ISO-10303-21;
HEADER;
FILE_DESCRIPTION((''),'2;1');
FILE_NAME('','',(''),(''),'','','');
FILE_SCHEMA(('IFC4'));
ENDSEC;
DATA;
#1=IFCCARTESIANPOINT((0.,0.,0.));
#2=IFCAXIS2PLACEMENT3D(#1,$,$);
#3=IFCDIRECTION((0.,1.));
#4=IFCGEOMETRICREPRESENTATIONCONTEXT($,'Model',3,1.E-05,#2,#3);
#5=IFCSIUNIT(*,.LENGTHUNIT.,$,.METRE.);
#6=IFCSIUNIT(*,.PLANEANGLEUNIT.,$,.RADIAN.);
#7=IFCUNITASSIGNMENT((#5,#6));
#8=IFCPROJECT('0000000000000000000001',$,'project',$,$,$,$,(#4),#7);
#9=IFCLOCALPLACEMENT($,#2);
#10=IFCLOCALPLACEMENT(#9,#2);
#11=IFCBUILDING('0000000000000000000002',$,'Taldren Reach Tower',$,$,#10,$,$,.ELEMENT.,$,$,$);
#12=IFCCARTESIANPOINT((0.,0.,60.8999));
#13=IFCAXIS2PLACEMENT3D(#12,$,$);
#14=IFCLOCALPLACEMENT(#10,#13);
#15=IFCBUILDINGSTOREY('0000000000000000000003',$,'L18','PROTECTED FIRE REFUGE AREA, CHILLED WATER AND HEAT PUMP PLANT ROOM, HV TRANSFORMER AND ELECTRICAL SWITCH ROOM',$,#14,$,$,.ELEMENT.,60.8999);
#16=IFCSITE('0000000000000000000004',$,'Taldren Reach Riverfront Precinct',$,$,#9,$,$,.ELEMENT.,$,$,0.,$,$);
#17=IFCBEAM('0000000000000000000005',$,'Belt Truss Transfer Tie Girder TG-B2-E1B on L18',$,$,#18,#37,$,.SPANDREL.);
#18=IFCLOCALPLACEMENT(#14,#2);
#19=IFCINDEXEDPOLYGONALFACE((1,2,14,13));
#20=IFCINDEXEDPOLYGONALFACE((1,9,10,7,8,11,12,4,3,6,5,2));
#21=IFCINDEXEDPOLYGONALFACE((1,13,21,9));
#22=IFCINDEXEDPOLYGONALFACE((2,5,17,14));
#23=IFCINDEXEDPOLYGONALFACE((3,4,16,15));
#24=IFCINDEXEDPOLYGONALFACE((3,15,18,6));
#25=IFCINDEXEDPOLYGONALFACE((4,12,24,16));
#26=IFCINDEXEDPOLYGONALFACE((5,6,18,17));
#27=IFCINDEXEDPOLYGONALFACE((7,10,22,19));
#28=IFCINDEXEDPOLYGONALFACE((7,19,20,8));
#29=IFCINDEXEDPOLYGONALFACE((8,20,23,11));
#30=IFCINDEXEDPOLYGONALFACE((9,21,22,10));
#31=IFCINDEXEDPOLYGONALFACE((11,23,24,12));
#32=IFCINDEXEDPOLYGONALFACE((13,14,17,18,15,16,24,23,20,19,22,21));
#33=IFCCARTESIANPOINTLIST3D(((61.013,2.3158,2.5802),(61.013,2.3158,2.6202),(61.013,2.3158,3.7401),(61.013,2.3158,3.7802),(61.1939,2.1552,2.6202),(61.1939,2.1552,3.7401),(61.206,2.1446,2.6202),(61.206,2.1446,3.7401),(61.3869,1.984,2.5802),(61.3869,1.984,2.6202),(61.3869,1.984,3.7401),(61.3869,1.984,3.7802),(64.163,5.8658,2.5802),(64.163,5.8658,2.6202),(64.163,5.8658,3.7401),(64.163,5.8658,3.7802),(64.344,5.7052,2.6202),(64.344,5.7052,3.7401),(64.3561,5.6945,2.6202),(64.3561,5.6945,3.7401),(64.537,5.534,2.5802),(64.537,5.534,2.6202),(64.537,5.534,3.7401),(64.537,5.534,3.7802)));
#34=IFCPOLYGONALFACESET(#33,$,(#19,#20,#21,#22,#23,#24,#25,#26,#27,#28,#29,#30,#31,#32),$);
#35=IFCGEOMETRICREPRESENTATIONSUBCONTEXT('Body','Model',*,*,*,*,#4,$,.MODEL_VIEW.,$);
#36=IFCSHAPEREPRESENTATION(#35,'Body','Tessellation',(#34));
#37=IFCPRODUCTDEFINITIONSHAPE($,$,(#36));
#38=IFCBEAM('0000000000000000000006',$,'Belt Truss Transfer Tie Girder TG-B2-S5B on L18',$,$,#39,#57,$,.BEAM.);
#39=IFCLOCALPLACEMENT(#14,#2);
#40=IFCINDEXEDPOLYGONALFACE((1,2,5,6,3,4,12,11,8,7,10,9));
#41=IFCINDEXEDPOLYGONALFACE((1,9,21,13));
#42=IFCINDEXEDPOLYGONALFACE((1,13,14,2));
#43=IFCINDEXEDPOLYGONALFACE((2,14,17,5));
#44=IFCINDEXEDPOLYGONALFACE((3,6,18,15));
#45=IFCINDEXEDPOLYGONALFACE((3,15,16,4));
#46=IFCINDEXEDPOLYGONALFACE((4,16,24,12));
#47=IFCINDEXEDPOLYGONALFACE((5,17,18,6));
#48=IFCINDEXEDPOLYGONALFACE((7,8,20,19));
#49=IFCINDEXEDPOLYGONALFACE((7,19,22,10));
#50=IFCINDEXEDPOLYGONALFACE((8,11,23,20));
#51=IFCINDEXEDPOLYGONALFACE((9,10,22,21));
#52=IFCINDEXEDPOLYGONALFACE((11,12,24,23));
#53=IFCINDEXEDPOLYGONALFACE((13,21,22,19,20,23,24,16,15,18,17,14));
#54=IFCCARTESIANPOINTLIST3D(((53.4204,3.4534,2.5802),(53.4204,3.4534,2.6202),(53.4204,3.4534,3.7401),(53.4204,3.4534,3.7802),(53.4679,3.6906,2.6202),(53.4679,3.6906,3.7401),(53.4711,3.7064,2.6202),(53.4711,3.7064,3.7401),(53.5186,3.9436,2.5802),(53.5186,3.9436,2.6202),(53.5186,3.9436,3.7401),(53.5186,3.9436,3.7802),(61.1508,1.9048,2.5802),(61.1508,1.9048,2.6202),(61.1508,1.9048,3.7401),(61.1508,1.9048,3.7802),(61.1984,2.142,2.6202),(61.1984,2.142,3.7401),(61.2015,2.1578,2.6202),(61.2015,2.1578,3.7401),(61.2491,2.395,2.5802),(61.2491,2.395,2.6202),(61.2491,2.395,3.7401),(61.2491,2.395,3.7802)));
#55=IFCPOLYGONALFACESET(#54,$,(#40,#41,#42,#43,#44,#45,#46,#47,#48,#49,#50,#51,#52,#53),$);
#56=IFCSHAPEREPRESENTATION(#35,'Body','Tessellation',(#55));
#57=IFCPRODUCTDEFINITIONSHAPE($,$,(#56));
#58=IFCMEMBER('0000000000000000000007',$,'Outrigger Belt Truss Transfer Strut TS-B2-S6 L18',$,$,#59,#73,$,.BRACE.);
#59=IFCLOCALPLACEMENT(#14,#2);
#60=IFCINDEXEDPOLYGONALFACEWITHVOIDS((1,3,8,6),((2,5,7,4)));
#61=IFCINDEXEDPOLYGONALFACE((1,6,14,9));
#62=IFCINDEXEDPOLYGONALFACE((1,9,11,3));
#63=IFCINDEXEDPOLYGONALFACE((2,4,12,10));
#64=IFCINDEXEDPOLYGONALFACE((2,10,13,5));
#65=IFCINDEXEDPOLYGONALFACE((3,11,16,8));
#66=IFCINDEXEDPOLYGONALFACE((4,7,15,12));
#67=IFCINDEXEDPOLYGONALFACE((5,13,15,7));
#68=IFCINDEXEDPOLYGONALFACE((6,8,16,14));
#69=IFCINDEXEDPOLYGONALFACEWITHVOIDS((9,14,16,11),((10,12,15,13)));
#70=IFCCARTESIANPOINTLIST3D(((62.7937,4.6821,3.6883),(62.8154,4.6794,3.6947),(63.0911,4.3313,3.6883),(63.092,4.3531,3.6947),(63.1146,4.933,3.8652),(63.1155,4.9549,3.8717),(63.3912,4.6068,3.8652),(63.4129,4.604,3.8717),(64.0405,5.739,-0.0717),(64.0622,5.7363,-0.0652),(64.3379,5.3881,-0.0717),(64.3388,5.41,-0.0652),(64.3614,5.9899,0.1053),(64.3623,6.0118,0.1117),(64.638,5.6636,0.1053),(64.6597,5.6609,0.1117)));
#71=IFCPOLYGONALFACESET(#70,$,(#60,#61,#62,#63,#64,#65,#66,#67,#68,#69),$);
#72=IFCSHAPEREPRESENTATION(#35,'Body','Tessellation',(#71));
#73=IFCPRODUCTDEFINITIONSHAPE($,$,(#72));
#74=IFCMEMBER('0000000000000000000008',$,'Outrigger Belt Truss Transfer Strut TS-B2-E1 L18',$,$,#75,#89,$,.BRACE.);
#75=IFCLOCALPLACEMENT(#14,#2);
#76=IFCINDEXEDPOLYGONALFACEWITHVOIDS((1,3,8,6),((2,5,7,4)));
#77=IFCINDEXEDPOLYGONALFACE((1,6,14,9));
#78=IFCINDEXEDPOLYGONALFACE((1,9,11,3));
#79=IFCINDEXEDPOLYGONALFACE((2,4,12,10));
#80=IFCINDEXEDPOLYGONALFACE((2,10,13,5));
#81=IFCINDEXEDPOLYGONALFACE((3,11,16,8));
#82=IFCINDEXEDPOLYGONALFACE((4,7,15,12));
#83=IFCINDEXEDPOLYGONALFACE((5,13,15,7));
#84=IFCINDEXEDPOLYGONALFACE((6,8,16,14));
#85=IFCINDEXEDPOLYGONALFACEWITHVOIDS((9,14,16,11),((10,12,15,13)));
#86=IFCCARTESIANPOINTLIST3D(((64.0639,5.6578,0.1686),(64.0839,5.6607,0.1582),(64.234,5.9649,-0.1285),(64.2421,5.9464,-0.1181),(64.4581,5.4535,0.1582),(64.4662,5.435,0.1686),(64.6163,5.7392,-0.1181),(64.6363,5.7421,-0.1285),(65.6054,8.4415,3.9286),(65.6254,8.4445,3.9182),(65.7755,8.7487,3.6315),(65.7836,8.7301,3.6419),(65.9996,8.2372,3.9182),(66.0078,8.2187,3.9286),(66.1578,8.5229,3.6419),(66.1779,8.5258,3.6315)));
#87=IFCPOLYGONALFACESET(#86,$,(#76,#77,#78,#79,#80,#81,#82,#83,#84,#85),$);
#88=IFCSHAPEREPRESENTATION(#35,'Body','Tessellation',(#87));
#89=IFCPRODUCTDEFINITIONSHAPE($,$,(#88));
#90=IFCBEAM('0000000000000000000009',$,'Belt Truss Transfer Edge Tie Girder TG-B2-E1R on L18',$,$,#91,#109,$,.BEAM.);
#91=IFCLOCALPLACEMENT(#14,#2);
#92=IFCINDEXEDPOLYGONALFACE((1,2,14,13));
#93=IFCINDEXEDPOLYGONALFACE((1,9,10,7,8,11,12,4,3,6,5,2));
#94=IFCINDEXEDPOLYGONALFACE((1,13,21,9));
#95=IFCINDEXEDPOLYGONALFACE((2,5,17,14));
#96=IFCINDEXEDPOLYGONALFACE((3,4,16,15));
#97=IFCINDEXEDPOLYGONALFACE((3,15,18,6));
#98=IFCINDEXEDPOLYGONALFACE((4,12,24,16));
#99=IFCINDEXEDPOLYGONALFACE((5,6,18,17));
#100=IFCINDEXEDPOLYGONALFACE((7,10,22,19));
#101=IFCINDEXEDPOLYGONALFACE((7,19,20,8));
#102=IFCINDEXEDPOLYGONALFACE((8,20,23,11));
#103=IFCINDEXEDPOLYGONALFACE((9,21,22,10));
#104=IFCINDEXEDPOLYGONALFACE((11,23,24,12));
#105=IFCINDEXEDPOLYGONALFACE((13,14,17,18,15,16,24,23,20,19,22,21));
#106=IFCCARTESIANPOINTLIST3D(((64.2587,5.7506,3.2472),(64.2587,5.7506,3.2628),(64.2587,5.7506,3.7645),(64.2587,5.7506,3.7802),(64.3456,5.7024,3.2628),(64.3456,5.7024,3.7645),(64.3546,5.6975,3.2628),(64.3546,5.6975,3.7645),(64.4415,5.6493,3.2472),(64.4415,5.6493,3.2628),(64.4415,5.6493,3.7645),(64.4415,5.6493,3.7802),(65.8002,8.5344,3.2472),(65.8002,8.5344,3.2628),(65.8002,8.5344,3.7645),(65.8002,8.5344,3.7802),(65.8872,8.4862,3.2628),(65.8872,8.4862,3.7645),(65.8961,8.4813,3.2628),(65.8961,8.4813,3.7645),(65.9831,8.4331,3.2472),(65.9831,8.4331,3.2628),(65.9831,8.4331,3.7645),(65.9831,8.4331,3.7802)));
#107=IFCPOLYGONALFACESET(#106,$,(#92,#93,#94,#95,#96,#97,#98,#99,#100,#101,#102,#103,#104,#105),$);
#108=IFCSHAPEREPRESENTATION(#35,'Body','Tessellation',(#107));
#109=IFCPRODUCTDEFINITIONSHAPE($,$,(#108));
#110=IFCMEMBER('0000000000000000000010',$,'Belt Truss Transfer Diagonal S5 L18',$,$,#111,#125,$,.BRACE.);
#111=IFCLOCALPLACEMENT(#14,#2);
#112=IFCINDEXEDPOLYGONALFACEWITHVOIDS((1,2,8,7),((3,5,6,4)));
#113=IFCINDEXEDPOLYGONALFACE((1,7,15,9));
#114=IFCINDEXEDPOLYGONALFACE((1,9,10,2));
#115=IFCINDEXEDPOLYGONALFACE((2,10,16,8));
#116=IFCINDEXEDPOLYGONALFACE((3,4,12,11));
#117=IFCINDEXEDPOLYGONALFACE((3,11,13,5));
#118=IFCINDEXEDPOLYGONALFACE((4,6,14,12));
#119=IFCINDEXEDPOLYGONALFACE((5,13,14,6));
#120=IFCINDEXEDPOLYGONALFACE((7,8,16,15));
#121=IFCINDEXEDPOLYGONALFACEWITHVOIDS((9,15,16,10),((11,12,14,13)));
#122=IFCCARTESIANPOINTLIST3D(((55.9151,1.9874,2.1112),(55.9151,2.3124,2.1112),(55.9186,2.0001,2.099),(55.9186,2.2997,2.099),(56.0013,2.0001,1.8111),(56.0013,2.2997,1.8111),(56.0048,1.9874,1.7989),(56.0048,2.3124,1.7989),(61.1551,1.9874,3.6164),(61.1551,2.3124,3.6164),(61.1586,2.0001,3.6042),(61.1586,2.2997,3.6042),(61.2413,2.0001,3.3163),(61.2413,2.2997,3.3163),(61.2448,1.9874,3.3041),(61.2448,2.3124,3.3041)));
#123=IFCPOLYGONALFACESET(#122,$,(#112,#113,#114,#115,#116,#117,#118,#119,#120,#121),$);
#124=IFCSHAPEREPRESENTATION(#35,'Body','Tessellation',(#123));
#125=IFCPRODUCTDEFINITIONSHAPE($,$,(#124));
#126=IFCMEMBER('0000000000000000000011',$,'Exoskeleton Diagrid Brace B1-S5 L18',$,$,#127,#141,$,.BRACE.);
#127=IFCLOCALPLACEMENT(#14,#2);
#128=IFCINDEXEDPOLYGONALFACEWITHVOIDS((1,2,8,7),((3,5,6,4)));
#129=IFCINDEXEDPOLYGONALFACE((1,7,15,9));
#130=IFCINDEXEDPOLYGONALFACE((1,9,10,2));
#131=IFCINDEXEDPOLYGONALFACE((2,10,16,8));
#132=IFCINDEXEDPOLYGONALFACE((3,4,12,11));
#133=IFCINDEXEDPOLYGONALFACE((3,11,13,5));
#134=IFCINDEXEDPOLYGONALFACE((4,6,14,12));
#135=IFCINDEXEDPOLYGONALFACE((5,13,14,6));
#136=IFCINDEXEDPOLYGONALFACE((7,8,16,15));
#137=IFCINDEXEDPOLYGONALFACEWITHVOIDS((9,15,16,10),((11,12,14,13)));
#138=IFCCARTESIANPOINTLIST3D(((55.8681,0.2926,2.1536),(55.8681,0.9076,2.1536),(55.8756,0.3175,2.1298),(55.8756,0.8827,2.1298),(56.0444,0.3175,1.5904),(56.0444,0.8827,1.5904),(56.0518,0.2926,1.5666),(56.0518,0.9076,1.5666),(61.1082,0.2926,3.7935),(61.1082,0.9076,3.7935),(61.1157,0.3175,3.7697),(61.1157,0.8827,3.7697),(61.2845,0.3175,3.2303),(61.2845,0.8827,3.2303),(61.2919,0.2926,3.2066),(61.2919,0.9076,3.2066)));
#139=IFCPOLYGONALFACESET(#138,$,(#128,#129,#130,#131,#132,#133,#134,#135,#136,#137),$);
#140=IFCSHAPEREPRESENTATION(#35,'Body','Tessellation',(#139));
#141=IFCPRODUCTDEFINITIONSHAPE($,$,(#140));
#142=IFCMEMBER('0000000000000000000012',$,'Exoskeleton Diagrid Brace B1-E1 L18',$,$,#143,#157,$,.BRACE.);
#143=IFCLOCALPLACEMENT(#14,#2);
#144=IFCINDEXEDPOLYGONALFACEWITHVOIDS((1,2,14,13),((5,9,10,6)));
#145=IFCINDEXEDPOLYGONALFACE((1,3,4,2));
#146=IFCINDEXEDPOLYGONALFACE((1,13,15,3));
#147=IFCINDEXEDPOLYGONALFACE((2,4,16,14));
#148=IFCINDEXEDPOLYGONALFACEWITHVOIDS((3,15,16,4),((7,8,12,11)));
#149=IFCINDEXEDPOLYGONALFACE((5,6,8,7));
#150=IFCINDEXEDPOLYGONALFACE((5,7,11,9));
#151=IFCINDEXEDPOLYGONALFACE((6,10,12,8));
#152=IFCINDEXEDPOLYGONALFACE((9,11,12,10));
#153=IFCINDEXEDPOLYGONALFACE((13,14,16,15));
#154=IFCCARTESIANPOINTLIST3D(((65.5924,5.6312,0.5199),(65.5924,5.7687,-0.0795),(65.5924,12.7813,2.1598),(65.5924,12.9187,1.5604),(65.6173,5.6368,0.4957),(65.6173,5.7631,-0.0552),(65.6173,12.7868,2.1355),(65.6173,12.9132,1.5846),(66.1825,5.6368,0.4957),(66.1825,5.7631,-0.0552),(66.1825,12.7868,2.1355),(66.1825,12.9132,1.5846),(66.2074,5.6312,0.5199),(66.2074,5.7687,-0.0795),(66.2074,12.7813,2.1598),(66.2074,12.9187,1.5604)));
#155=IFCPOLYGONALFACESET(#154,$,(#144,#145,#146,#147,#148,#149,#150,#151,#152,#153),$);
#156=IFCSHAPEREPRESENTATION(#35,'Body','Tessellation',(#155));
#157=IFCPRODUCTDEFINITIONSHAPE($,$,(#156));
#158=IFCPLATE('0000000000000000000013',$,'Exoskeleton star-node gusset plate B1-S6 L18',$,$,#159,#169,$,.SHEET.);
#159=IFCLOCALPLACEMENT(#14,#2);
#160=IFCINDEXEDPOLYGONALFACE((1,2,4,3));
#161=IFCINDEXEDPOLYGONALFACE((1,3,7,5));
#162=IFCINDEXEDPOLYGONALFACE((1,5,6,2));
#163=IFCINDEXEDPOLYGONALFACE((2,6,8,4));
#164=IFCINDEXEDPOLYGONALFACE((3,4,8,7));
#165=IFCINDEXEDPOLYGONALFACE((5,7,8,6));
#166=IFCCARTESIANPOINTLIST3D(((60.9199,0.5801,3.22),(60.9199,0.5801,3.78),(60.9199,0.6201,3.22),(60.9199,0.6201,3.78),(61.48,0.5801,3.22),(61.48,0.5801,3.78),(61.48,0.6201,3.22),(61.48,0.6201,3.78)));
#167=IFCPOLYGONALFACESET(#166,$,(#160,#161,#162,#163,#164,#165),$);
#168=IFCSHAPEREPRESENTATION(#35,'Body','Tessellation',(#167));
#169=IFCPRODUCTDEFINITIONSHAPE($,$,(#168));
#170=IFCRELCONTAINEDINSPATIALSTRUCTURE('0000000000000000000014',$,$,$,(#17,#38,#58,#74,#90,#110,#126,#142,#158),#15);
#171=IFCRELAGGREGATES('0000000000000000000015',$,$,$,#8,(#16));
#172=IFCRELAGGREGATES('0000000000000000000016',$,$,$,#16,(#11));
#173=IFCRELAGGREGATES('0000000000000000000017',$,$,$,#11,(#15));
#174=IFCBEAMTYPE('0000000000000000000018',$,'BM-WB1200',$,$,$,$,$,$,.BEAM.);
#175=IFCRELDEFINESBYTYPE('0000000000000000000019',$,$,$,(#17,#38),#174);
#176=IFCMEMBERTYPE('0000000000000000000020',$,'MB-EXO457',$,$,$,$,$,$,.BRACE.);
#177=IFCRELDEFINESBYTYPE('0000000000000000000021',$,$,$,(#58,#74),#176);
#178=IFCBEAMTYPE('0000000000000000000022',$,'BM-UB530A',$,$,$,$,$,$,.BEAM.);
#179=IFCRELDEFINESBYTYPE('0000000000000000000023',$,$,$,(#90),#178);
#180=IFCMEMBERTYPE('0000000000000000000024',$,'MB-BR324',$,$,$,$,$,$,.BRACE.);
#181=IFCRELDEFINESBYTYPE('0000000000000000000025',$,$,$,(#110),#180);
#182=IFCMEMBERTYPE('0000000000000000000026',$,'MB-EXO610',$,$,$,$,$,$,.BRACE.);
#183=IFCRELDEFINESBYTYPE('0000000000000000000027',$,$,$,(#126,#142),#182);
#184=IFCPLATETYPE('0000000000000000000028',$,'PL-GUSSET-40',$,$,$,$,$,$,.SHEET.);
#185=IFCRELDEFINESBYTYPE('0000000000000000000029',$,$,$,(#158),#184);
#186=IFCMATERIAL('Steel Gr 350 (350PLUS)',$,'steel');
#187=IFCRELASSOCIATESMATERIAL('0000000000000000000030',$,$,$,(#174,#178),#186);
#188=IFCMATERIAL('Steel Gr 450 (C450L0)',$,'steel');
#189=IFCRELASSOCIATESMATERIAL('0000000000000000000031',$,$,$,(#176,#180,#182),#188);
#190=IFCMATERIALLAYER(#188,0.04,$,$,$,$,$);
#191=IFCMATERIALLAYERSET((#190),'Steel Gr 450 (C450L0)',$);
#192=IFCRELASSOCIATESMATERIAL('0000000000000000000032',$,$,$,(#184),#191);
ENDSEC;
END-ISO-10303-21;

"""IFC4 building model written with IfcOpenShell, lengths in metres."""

from ifc_helpers import new_model, si_unit, direction, frame, origin, origin_2d, place, context, subcontext, project, spatial, rectangle, hollow_rectangle, i_section, extrude, source, transform, mapped, material, layer, layer_set, material_profile, profile_set, type_object, element, save


model = new_model("IFC4")

# Units and contexts
model_context = context("Model", 3, precision=1e-05, world=origin(), true_north=direction((0.0, 1.0)))
body_context = subcontext(model_context, "Body", "Model", "MODEL_VIEW")
ifc_project = project(units=[si_unit("LENGTHUNIT", "METRE"), si_unit("PLANEANGLEUNIT", "RADIAN")], contexts=[model_context])

# Site, building, storey
site_placement = place(None, origin())
site = spatial("IfcSite", under=ifc_project, at=site_placement, Name="Taldren Reach Riverfront Precinct", CompositionType="ELEMENT", RefElevation=0.0)
building_placement = place(site_placement, origin())
building = spatial("IfcBuilding", under=site, at=building_placement, Name="Taldren Reach Tower", CompositionType="ELEMENT")
storey_placement = place(building_placement, frame((0.0, 0.0, 60.8999)))
storey = spatial("IfcBuildingStorey", under=building, at=storey_placement, Name="L18", Description="PROTECTED FIRE REFUGE AREA, CHILLED WATER AND HEAT PUMP PLANT ROOM, HV TRANSFORMER AND ELECTRICAL SWITCH ROOM", CompositionType="ELEMENT", Elevation=60.8999)

# Shared definitions
ifc_material_1 = material(Name="Steel Gr 350 (350PLUS)", Category="steel")

# Shared definitions
ifc_material_2 = material(Name="Steel Gr 450 (C450L0)", Category="steel")

# Beams
ifc_material_profile_1 = material_profile(ifc_material_1, i_section(OverallWidth=0.5, OverallDepth=1.2, WebThickness=0.0161, FlangeThickness=0.04, at=origin_2d()), Name="1200WB455")
ifc_profile_set_1 = profile_set([ifc_material_profile_1], Name="Steel Gr 350 (350PLUS)")
beam_type_1 = type_object("IfcBeamType", Name="BM-WB1200", PredefinedType="BEAM", material=ifc_profile_set_1)
shared_shape_1 = source(origin(), body_context, "Body", "SweptSolid", [
    extrude(i_section(OverallWidth=0.5, OverallDepth=1.2, WebThickness=0.0161, FlangeThickness=0.04, at=origin_2d()), origin(), (0.0, 0.0, 1.0), 4.7461),
])
beam_1_placement = place(storey_placement, frame((61.2, 2.1499, 3.1802), z_axis=(0.663722, 0.747979, 0.0), x_axis=(-0.747979, 0.663722, 0.0)))
element("IfcBeam", 1, at=beam_1_placement, inside=storey, type_object=beam_type_1, Name="Belt Truss Transfer Tie Girder TG-B2-E1B on L18", PredefinedType="SPANDREL", context=body_context, shape_type="MappedRepresentation", body=[
    mapped(shared_shape_1, transform((0.0, 0.0, 0.0), scale=1.0)),
])
shared_shape_2 = source(origin(), body_context, "Body", "SweptSolid", [
    extrude(i_section(OverallWidth=0.5, OverallDepth=1.2, WebThickness=0.0161, FlangeThickness=0.04, at=origin_2d()), origin(), (0.0, 0.0, 1.0), 7.884),
])
beam_2_placement = place(storey_placement, frame((61.2, 2.1499, 3.1802), z_axis=(-0.98052, 0.19642, 0.0), x_axis=(-0.19642, -0.98052, 0.0)))
element("IfcBeam", 2, at=beam_2_placement, inside=storey, type_object=beam_type_1, Name="Belt Truss Transfer Tie Girder TG-B2-S5B on L18", PredefinedType="BEAM", context=body_context, shape_type="MappedRepresentation", body=[
    mapped(shared_shape_2, transform((0.0, 0.0, 0.0), scale=1.0)),
])

# Members
ifc_material_profile_2 = material_profile(ifc_material_2, hollow_rectangle(XDim=0.46, YDim=0.46, WallThickness=0.0161, at=origin_2d()), Name="460x460x16.0SHS")
ifc_profile_set_2 = profile_set([ifc_material_profile_2], Name="Steel Gr 450 (C450L0)")
member_type_1 = type_object("IfcMemberType", Name="MB-EXO457", PredefinedType="BRACE", material=ifc_profile_set_2)
shared_shape_3 = source(origin(), body_context, "Body", "SweptSolid", [
    extrude(hollow_rectangle(XDim=0.46, YDim=0.46, WallThickness=0.0161, at=origin_2d()), origin(), (0.0, 0.0, 1.0), 4.0999),
])
member_1_placement = place(storey_placement, frame((64.3501, 5.7, 0.02), z_axis=(-0.304111, -0.257782, 0.917096), x_axis=(0.646612, -0.762819, 0.0)))
element("IfcMember", 3, at=member_1_placement, inside=storey, type_object=member_type_1, Name="Outrigger Belt Truss Transfer Strut TS-B2-S6 L18", PredefinedType="BRACE", context=body_context, shape_type="MappedRepresentation", body=[
    mapped(shared_shape_3, transform((0.0, 0.0, 0.0), scale=1.0)),
])
shared_shape_4 = source(origin(), body_context, "Body", "SweptSolid", [
    extrude(hollow_rectangle(XDim=0.46, YDim=0.46, WallThickness=0.0161, at=origin_2d()), origin(), (0.0, 0.0, 1.0), 4.9258),
])
member_2_placement = place(storey_placement, frame((64.3501, 5.7, 0.02), z_axis=(0.312949, 0.565132, 0.76334), x_axis=(-0.874822, 0.484444, 0.0)))
element("IfcMember", 4, at=member_2_placement, inside=storey, type_object=member_type_1, Name="Outrigger Belt Truss Transfer Strut TS-B2-E1 L18", PredefinedType="BRACE", context=body_context, shape_type="MappedRepresentation", body=[
    mapped(shared_shape_4, transform((0.0, 0.0, 0.0), scale=1.0)),
])

# Beam
ifc_material_profile_3 = material_profile(ifc_material_1, i_section(OverallWidth=0.209, OverallDepth=0.533, WebThickness=0.0103, FlangeThickness=0.0156, at=origin_2d()), Name="530UB92.4")
ifc_profile_set_3 = profile_set([ifc_material_profile_3], Name="Steel Gr 350 (350PLUS)")
beam_type_2 = type_object("IfcBeamType", Name="BM-UB530A", PredefinedType="BEAM", material=ifc_profile_set_3)
shared_shape_5 = source(origin(), body_context, "Body", "SweptSolid", [
    extrude(i_section(OverallWidth=0.209, OverallDepth=0.533, WebThickness=0.0103, FlangeThickness=0.0156, at=origin_2d()), origin(), (0.0, 0.0, 1.0), 3.1821),
])
beam_3_placement = place(storey_placement, frame((64.3501, 5.7, 3.5137), z_axis=(0.484444, 0.874822, 0.0), x_axis=(-0.874822, 0.484444, 0.0)))
element("IfcBeam", 5, at=beam_3_placement, inside=storey, type_object=beam_type_2, Name="Belt Truss Transfer Edge Tie Girder TG-B2-E1R on L18", PredefinedType="BEAM", context=body_context, shape_type="MappedRepresentation", body=[
    mapped(shared_shape_5, transform((0.0, 0.0, 0.0), scale=1.0)),
])

# Members
ifc_material_profile_4 = material_profile(ifc_material_2, hollow_rectangle(XDim=0.325, YDim=0.325, WallThickness=0.0127, at=origin_2d()), Name="325x325x12.7SHS")
ifc_profile_set_4 = profile_set([ifc_material_profile_4], Name="Steel Gr 450 (C450L0)")
member_type_2 = type_object("IfcMemberType", Name="MB-BR324", PredefinedType="BRACE", material=ifc_profile_set_4)
shared_shape_6 = source(origin(), body_context, "Body", "SweptSolid", [
    extrude(hollow_rectangle(XDim=0.325, YDim=0.325, WallThickness=0.0127, at=origin_2d()), origin(), (0.0, 0.0, 1.0), 5.4519),
])
member_3_placement = place(storey_placement, frame((55.96, 2.1499, 1.9551), z_axis=(0.961136, 0.0, 0.276075), x_axis=(0.0, 1.0, 0.0)))
element("IfcMember", 6, at=member_3_placement, inside=storey, type_object=member_type_2, Name="Belt Truss Transfer Diagonal S5 L18", PredefinedType="BRACE", context=body_context, shape_type="MappedRepresentation", body=[
    mapped(shared_shape_6, transform((0.0, 0.0, 0.0), scale=1.0)),
])
ifc_material_profile_5 = material_profile(ifc_material_2, hollow_rectangle(XDim=0.615, YDim=0.615, WallThickness=0.0249, at=origin_2d()), Name="615x615x25.0SHS")
ifc_profile_set_5 = profile_set([ifc_material_profile_5], Name="Steel Gr 450 (C450L0)")
member_type_3 = type_object("IfcMemberType", Name="MB-EXO610", PredefinedType="BRACE", material=ifc_profile_set_5)
shared_shape_7 = source(origin(), body_context, "Body", "SweptSolid", [
    extrude(hollow_rectangle(XDim=0.615, YDim=0.615, WallThickness=0.0249, at=origin_2d()), origin(), (0.0, 0.0, 1.0), 5.4907),
])
member_4_placement = place(storey_placement, frame((55.96, 0.6001, 1.8601), z_axis=(0.954356, 0.0, 0.298672), x_axis=(0.0, 1.0, 0.0)))
element("IfcMember", 7, at=member_4_placement, inside=storey, type_object=member_type_3, Name="Exoskeleton Diagrid Brace B1-S5 L18", PredefinedType="BRACE", context=body_context, shape_type="MappedRepresentation", body=[
    mapped(shared_shape_7, transform((0.0, 0.0, 0.0), scale=1.0)),
])
shared_shape_8 = source(origin(), body_context, "Body", "SweptSolid", [
    extrude(hollow_rectangle(XDim=0.615, YDim=0.615, WallThickness=0.0249, at=origin_2d()), origin(), (0.0, 0.0, 1.0), 7.3357),
])
member_5_placement = place(storey_placement, frame((65.8999, 5.7, 0.2202), z_axis=(0.0, 0.974693, 0.223547), x_axis=(-1.0, 0.0, 0.0)))
element("IfcMember", 8, at=member_5_placement, inside=storey, type_object=member_type_3, Name="Exoskeleton Diagrid Brace B1-E1 L18", PredefinedType="BRACE", context=body_context, shape_type="MappedRepresentation", body=[
    mapped(shared_shape_8, transform((0.0, 0.0, 0.0), scale=1.0)),
])

# Plate
ifc_layer_1 = layer(ifc_material_2, 0.04)
ifc_layer_set_1 = layer_set([ifc_layer_1], Name="Steel Gr 450 (C450L0)")
plate_type_1 = type_object("IfcPlateType", Name="PL-GUSSET-40", PredefinedType="SHEET", material=ifc_layer_set_1)
shared_shape_9 = source(origin(), body_context, "Body", "SweptSolid", [
    extrude(rectangle(XDim=0.5601, YDim=0.04, at=origin_2d()), origin(), (0.0, 0.0, 1.0), 0.5601),
])
for number, where, z_axis, x_axis, name in (
    (9, (61.2, 0.6001, 3.22), (0.0, 0.0, 1.0), (1.0, 0.0, 0.0), "Exoskeleton star-node gusset plate B1-S6 L18"),
):
    element("IfcPlate", number, at=place(storey_placement, frame(where, z_axis=z_axis, x_axis=x_axis)), inside=storey, type_object=plate_type_1, Name=name, PredefinedType="SHEET", context=body_context, shape_type="MappedRepresentation", body=[
        mapped(shared_shape_9, transform((0.0, 0.0, 0.0), scale=1.0)),
    ])

save(model, "model.ifc")
